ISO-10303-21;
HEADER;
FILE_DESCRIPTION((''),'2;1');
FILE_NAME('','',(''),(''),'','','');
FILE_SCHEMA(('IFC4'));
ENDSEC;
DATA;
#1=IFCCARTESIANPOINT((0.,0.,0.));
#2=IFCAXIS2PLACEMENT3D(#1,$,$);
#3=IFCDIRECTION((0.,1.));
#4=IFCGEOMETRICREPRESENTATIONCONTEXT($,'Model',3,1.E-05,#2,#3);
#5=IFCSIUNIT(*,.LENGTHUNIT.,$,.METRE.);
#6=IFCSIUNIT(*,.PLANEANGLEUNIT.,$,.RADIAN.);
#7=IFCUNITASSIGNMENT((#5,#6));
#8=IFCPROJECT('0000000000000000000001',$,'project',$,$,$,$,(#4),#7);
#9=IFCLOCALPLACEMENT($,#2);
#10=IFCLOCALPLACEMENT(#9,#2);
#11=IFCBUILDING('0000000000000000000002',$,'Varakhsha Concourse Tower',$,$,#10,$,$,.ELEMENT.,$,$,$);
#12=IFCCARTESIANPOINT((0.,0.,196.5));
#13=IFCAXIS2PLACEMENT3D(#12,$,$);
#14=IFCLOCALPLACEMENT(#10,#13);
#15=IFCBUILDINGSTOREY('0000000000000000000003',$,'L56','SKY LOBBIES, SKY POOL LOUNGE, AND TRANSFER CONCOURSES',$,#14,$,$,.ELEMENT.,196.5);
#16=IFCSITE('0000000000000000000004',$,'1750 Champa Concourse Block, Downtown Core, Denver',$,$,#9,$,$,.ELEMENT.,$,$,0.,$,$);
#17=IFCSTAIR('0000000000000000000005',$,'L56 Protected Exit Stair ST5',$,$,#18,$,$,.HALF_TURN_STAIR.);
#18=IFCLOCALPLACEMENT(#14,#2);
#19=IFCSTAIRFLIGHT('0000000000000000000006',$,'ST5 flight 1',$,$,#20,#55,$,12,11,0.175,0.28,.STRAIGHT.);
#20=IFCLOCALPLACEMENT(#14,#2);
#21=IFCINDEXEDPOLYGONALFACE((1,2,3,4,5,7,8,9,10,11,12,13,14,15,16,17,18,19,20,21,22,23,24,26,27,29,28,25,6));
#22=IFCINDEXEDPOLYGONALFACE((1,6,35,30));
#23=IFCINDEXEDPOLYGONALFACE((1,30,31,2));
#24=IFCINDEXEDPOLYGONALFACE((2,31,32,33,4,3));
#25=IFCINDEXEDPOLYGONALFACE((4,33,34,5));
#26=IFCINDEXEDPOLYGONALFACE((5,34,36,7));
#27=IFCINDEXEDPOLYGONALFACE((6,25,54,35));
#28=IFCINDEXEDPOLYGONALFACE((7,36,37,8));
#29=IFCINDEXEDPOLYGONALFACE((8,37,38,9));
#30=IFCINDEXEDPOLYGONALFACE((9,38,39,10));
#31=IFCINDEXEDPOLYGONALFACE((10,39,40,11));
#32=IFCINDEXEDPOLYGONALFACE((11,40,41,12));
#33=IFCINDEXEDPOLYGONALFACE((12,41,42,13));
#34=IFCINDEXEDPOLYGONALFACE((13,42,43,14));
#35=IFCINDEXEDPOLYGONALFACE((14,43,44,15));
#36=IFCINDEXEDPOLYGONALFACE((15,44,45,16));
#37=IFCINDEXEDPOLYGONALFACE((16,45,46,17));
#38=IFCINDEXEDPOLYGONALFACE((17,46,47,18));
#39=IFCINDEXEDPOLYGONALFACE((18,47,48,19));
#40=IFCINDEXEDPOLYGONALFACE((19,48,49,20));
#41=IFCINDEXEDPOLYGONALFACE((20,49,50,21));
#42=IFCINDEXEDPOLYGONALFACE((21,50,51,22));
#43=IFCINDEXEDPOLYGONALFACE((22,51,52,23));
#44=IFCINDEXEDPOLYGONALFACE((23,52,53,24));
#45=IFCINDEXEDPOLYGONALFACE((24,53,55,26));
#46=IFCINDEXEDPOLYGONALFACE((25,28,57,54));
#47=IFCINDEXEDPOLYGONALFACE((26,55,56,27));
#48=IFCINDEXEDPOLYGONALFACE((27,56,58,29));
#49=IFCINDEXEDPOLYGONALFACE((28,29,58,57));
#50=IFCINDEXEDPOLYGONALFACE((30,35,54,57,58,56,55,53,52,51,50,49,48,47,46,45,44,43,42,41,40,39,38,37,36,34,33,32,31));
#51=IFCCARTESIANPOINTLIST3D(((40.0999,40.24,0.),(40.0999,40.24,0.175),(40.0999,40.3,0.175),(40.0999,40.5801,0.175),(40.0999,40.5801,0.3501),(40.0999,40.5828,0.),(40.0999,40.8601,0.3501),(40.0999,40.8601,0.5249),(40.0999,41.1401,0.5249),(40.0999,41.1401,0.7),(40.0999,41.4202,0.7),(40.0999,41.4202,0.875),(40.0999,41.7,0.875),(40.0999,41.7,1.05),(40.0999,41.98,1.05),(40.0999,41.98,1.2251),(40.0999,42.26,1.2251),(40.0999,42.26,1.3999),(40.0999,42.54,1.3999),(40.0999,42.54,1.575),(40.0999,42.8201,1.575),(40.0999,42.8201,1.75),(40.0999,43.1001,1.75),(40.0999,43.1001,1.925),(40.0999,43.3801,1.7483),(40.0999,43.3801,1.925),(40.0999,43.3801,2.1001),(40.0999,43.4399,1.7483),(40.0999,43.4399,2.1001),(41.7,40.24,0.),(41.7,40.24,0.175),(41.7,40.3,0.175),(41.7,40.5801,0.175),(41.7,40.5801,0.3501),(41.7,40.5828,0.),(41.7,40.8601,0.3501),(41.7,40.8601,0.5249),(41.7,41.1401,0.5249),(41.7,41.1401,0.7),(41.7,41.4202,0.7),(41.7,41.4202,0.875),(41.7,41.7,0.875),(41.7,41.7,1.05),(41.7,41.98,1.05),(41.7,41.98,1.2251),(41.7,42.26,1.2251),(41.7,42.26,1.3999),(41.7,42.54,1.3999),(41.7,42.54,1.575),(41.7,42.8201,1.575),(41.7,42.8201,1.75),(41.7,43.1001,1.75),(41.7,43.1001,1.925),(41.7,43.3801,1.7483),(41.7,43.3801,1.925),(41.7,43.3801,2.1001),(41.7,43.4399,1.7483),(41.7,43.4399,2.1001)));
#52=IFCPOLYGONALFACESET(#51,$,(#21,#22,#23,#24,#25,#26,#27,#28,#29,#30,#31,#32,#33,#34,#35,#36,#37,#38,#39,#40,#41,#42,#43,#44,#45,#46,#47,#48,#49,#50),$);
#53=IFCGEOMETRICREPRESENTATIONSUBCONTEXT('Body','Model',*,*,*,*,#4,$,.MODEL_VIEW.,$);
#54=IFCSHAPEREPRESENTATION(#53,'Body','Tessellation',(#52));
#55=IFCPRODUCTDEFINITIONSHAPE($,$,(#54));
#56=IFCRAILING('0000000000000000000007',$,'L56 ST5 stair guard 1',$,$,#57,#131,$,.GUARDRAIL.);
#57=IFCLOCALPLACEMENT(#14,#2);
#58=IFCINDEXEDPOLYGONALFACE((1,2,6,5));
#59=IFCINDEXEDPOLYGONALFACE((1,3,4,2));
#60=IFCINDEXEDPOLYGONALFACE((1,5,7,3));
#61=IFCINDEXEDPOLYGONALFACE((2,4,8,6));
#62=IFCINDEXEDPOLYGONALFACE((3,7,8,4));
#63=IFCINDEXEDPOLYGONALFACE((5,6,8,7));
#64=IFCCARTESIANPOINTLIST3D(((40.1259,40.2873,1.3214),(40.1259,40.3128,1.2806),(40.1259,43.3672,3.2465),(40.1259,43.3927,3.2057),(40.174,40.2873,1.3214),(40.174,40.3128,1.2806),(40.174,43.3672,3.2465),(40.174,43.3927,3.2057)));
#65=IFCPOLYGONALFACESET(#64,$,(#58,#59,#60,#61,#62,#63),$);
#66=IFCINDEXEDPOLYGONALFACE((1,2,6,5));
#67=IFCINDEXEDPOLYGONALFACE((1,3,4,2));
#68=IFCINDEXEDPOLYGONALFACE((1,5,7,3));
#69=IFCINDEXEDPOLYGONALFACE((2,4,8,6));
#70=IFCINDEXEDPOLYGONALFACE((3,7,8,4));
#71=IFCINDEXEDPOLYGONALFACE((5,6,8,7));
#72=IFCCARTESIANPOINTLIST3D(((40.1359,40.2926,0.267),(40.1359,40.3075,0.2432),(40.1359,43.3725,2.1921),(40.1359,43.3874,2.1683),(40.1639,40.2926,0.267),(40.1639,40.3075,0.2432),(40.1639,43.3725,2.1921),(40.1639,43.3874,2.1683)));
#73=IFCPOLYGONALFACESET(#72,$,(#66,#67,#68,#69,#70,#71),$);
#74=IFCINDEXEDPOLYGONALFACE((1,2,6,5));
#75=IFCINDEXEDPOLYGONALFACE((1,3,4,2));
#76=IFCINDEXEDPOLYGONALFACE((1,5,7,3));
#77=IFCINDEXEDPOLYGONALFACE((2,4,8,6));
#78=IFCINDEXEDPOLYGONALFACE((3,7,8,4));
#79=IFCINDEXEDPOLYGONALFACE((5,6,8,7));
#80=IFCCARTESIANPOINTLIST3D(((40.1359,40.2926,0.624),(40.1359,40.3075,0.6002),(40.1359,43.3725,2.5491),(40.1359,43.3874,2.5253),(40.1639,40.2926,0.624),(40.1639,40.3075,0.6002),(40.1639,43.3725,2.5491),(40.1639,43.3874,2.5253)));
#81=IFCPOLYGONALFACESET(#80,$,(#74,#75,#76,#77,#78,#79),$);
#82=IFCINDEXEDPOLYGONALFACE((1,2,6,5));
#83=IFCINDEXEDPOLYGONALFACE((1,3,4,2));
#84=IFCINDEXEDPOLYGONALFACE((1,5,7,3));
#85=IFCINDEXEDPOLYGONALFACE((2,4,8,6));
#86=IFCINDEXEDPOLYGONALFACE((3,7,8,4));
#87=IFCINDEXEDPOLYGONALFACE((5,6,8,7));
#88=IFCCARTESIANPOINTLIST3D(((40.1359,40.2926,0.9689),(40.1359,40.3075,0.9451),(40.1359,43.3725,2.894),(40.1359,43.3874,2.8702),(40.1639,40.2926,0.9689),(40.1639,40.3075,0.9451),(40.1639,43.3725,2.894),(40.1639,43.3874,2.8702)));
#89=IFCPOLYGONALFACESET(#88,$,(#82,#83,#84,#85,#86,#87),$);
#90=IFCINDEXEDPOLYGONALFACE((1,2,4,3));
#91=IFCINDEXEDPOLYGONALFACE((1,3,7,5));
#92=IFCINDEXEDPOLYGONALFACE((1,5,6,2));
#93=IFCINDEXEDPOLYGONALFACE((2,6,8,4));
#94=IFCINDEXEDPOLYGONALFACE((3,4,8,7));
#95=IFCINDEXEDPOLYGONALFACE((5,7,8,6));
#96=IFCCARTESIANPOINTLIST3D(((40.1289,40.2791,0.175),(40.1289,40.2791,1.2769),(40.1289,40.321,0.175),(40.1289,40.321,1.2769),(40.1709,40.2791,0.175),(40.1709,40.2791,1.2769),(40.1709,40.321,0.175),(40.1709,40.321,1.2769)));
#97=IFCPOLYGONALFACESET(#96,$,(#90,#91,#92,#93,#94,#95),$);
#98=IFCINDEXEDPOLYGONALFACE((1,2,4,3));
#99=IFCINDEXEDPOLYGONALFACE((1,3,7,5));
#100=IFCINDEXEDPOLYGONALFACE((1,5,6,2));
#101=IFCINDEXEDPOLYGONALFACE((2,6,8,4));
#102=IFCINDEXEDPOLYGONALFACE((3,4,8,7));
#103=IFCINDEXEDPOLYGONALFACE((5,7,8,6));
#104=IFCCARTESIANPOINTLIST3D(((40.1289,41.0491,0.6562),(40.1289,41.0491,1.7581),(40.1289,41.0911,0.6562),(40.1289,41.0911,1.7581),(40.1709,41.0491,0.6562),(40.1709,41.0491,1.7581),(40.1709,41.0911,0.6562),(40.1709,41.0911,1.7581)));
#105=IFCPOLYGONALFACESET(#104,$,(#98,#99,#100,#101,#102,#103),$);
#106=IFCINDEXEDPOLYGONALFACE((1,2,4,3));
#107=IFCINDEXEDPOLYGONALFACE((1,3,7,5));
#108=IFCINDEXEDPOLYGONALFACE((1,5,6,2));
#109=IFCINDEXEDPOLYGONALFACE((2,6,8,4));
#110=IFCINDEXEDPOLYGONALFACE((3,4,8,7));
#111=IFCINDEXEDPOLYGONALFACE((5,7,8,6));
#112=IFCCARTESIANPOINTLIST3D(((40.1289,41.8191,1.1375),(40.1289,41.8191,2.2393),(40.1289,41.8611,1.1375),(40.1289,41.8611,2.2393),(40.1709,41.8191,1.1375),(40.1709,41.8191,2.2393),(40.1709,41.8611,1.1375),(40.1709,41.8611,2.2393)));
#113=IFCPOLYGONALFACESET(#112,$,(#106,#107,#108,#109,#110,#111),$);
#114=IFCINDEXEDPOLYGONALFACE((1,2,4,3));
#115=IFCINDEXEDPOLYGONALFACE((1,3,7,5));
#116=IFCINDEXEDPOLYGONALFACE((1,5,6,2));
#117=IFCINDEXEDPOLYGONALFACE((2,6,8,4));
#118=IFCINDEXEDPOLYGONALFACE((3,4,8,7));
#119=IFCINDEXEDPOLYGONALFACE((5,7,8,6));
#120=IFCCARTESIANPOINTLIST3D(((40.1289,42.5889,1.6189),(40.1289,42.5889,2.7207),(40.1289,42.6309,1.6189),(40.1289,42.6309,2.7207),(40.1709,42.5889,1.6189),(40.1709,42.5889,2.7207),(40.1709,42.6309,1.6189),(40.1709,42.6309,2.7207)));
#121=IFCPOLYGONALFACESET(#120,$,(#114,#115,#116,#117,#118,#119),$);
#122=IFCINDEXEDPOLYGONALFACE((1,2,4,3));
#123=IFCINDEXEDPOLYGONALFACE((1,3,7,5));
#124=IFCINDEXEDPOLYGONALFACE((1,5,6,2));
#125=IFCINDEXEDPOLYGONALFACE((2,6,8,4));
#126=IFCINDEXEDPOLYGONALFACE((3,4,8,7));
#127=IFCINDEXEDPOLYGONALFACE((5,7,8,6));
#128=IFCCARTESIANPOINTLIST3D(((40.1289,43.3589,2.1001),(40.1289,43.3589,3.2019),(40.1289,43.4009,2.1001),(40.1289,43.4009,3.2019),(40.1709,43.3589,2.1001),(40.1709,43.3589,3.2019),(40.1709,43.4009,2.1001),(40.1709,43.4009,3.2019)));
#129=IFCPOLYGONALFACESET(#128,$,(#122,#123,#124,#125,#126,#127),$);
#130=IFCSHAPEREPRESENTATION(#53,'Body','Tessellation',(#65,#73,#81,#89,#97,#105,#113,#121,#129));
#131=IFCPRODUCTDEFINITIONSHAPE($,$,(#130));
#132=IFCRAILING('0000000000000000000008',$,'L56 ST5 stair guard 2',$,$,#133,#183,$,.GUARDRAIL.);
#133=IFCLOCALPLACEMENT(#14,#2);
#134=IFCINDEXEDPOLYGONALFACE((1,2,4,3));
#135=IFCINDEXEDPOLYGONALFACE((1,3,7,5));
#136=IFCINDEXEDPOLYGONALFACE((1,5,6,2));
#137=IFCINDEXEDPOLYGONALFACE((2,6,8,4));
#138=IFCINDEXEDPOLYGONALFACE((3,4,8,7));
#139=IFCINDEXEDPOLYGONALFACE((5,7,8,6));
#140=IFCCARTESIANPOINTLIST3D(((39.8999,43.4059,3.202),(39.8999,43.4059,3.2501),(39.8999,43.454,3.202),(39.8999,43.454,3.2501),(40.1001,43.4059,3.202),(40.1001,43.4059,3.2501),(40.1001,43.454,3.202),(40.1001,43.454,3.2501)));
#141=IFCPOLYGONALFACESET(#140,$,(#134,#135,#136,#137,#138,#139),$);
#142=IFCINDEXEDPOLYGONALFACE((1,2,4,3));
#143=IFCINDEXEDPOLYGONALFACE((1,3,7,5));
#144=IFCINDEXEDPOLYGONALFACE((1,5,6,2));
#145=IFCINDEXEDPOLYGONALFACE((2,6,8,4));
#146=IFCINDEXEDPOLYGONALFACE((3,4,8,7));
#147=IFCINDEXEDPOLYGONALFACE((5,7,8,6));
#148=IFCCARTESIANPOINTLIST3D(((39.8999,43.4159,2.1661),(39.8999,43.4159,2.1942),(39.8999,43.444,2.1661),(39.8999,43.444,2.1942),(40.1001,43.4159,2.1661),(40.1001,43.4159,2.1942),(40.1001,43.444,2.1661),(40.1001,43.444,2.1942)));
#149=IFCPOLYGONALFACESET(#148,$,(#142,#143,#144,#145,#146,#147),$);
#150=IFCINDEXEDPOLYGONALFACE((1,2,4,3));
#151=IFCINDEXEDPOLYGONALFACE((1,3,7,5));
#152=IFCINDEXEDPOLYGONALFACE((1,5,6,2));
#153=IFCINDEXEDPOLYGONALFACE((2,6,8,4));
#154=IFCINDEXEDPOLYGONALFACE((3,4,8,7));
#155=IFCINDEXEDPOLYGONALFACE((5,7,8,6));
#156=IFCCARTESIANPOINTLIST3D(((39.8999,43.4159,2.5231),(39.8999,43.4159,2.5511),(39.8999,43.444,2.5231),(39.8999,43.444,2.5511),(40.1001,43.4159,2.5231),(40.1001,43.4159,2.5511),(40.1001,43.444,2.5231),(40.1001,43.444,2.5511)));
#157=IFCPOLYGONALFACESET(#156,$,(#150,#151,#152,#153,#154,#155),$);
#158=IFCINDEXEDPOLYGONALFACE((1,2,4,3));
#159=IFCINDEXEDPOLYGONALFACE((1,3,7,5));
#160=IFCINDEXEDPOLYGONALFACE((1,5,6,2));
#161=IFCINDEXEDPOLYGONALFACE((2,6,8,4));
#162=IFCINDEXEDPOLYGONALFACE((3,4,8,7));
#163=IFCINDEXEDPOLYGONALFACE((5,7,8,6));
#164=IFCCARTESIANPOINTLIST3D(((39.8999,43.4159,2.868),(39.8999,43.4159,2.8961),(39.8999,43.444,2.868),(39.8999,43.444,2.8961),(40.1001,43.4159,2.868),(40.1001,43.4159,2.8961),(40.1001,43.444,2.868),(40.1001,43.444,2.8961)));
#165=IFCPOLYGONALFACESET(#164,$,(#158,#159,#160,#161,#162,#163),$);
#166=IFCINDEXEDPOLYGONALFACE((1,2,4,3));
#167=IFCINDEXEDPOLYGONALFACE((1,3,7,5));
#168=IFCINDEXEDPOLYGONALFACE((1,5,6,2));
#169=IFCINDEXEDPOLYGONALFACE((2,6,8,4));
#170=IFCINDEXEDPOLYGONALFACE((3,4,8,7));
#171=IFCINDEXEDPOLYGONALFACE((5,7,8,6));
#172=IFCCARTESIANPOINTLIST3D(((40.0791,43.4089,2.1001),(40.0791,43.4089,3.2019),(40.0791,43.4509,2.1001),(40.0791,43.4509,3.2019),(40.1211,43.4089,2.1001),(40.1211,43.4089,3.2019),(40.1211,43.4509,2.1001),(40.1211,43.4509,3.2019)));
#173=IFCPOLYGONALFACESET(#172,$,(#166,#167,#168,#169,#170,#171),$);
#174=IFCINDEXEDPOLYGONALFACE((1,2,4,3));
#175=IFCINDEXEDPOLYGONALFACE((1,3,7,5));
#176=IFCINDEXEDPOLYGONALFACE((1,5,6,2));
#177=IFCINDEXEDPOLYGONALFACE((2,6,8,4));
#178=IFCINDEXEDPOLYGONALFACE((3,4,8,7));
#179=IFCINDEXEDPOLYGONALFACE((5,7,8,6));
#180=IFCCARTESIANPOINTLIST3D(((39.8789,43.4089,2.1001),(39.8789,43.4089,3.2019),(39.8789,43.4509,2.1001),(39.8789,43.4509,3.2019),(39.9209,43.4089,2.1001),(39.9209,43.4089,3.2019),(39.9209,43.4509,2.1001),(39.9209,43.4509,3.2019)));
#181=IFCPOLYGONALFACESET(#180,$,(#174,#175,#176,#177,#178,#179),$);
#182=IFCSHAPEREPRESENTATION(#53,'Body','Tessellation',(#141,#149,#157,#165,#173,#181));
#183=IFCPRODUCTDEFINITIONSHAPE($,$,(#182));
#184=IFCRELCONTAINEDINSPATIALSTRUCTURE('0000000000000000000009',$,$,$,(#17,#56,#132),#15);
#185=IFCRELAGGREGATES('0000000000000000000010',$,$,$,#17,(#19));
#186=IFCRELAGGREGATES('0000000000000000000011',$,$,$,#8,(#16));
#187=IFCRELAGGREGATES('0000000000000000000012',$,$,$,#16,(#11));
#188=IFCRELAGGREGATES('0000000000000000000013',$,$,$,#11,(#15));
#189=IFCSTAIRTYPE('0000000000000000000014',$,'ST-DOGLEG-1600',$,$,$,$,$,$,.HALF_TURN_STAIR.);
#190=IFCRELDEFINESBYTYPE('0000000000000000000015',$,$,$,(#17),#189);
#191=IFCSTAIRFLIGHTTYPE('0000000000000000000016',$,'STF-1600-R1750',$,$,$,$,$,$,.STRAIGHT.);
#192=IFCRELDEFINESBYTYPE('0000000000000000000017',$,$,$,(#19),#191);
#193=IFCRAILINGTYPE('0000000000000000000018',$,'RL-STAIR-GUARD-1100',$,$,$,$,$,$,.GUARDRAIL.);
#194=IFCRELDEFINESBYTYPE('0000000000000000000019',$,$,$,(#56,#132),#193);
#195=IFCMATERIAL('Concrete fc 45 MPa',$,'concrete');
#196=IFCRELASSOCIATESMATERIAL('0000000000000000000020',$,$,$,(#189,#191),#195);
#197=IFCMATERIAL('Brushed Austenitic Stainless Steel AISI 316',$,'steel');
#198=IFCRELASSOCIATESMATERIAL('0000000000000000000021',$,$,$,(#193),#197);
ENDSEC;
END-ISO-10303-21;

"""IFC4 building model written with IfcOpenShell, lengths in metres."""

from ifc_helpers import new_model, si_unit, direction, frame, origin, origin_2d, place, context, subcontext, project, spatial, polyline, rectangle, outline, extrude, material, type_object, element, aggregate, save


model = new_model("IFC4")

# Units and contexts
model_context = context("Model", 3, precision=1e-05, world=origin(), true_north=direction((0.0, 1.0)))
body_context = subcontext(model_context, "Body", "Model", "MODEL_VIEW")
ifc_project = project(units=[si_unit("LENGTHUNIT", "METRE"), si_unit("PLANEANGLEUNIT", "RADIAN")], contexts=[model_context])

# Site, building, storey
site_placement = place(None, origin())
site = spatial("IfcSite", under=ifc_project, at=site_placement, Name="1750 Champa Concourse Block, Downtown Core, Denver", CompositionType="ELEMENT", RefElevation=0.0)
building_placement = place(site_placement, origin())
building = spatial("IfcBuilding", under=site, at=building_placement, Name="Varakhsha Concourse Tower", CompositionType="ELEMENT")
storey_placement = place(building_placement, frame((0.0, 0.0, 196.5)))
storey = spatial("IfcBuildingStorey", under=building, at=storey_placement, Name="L56", Description="SKY LOBBIES, SKY POOL LOUNGE, AND TRANSFER CONCOURSES", CompositionType="ELEMENT", Elevation=196.5)

# Shared definitions
ifc_material_1 = material(Name="Concrete fc 45 MPa", Category="concrete")

# Stair, stair flight
stair_type = type_object("IfcStairType", Name="ST-DOGLEG-1600", PredefinedType="HALF_TURN_STAIR", material=ifc_material_1)
stair_placement = place(storey_placement, origin())
stair = element("IfcStair", 1, at=stair_placement, inside=storey, type_object=stair_type, Name="L56 Protected Exit Stair ST5", PredefinedType="HALF_TURN_STAIR")
stair_flight_type = type_object("IfcStairFlightType", Name="STF-1600-R1750", PredefinedType="STRAIGHT", material=ifc_material_1)
stair_flight_placement = place(storey_placement, frame((40.8999, 40.3, 0.0), z_axis=(0.0, 0.0, 1.0), x_axis=(0.0, 1.0, 0.0)))
stair_flight = element("IfcStairFlight", 2, at=stair_flight_placement, type_object=stair_flight_type, Name="ST5 flight 1", NumberOfRisers=12, NumberOfTreads=11, PredefinedType="STRAIGHT", RiserHeight=0.175, TreadLength=0.28, context=body_context, shape_type="SweptSolid", body=[
    extrude(outline(polyline([(-0.0601, 0.0), (-0.0601, 0.175), (0.0, 0.175), (0.28, 0.175), (0.28, 0.3501), (0.5601, 0.3501), (0.5601, 0.5249), (0.8401, 0.5249), (0.8401, 0.7), (1.1201, 0.7), (1.1201, 0.875), (1.3999, 0.875), (1.3999, 1.05), (1.6799, 1.05), (1.6799, 1.2251), (1.96, 1.2251), (1.96, 1.3999), (2.24, 1.3999), (2.24, 1.575), (2.52, 1.575), (2.52, 1.75), (2.8, 1.75), (2.8, 1.925), (3.0801, 1.925), (3.0801, 2.1001), (3.1399, 2.1001), (3.1399, 1.7483), (3.0801, 1.7483), (0.2827, 0.0), (-0.0601, 0.0)])), frame((0.0, 0.8, 0.0), z_axis=(0.0, -1.0, 0.0), x_axis=(1.0, 0.0, 0.0)), (0.0, 0.0, 1.0), 1.6001),
])
aggregate(stair, [stair_flight])

# Railings
ifc_material_2 = material(Name="Brushed Austenitic Stainless Steel AISI 316", Category="steel")
railing_type_1 = type_object("IfcRailingType", Name="RL-STAIR-GUARD-1100", PredefinedType="GUARDRAIL", material=ifc_material_2)
railing_1_placement = place(storey_placement, frame((40.1499, 40.3, 0.175)))
element("IfcRailing", 3, at=railing_1_placement, inside=storey, type_object=railing_type_1, Name="L56 ST5 stair guard 1", PredefinedType="GUARDRAIL", context=body_context, shape_type="SweptSolid", body=[
    extrude(rectangle(XDim=0.0481, YDim=0.0481, at=origin_2d()), frame((0.0, 0.0, 1.126), z_axis=(0.0, 0.847979, 0.530029), x_axis=(-1.0, 0.0, 0.0)), (0.0, 0.0, 1.0), 3.6321),
    extrude(rectangle(XDim=0.0281, YDim=0.0281, at=origin_2d()), frame((0.0, 0.0, 0.0801), z_axis=(0.0, 0.847979, 0.530029), x_axis=(-1.0, 0.0, 0.0)), (0.0, 0.0, 1.0), 3.6321),
    extrude(rectangle(XDim=0.0281, YDim=0.0281, at=origin_2d()), frame((0.0, 0.0, 0.437), z_axis=(0.0, 0.847979, 0.530029), x_axis=(-1.0, 0.0, 0.0)), (0.0, 0.0, 1.0), 3.6321),
    extrude(rectangle(XDim=0.0281, YDim=0.0281, at=origin_2d()), frame((0.0, 0.0, 0.782), z_axis=(0.0, 0.847979, 0.530029), x_axis=(-1.0, 0.0, 0.0)), (0.0, 0.0, 1.0), 3.6321),
    extrude(rectangle(XDim=0.042, YDim=0.042, at=origin_2d()), origin(), (0.0, 0.0, 1.0), 1.1018),
    extrude(rectangle(XDim=0.042, YDim=0.042, at=origin_2d()), frame((0.0, 0.77, 0.4812)), (0.0, 0.0, 1.0), 1.1018),
    extrude(rectangle(XDim=0.042, YDim=0.042, at=origin_2d()), frame((0.0, 1.54, 0.9624)), (0.0, 0.0, 1.0), 1.1018),
    extrude(rectangle(XDim=0.042, YDim=0.042, at=origin_2d()), frame((0.0, 2.3098, 1.4438)), (0.0, 0.0, 1.0), 1.1018),
    extrude(rectangle(XDim=0.042, YDim=0.042, at=origin_2d()), frame((0.0, 3.0798, 1.925)), (0.0, 0.0, 1.0), 1.1018),
])
for number, where, name in (
    (4, (40.1001, 43.4299, 2.1001), "L56 ST5 stair guard 2"),
):
    element("IfcRailing", number, at=place(storey_placement, frame(where)), inside=storey, type_object=railing_type_1, Name=name, PredefinedType="GUARDRAIL", context=body_context, shape_type="SweptSolid", body=[
        extrude(rectangle(XDim=0.0481, YDim=0.0481, at=origin_2d()), frame((0.0, 0.0, 1.126), z_axis=(-1.0, 0.0, 0.0), x_axis=(0.0, -1.0, 0.0)), (0.0, 0.0, 1.0), 0.2002),
        extrude(rectangle(XDim=0.0281, YDim=0.0281, at=origin_2d()), frame((0.0, 0.0, 0.0801), z_axis=(-1.0, 0.0, 0.0), x_axis=(0.0, -1.0, 0.0)), (0.0, 0.0, 1.0), 0.2002),
        extrude(rectangle(XDim=0.0281, YDim=0.0281, at=origin_2d()), frame((0.0, 0.0, 0.437), z_axis=(-1.0, 0.0, 0.0), x_axis=(0.0, -1.0, 0.0)), (0.0, 0.0, 1.0), 0.2002),
        extrude(rectangle(XDim=0.0281, YDim=0.0281, at=origin_2d()), frame((0.0, 0.0, 0.782), z_axis=(-1.0, 0.0, 0.0), x_axis=(0.0, -1.0, 0.0)), (0.0, 0.0, 1.0), 0.2002),
        extrude(rectangle(XDim=0.042, YDim=0.042, at=origin_2d()), origin(), (0.0, 0.0, 1.0), 1.1018),
        extrude(rectangle(XDim=0.042, YDim=0.042, at=origin_2d()), frame((-0.2002, 0.0, 0.0)), (0.0, 0.0, 1.0), 1.1018),
    ])

save(model, "model.ifc")
